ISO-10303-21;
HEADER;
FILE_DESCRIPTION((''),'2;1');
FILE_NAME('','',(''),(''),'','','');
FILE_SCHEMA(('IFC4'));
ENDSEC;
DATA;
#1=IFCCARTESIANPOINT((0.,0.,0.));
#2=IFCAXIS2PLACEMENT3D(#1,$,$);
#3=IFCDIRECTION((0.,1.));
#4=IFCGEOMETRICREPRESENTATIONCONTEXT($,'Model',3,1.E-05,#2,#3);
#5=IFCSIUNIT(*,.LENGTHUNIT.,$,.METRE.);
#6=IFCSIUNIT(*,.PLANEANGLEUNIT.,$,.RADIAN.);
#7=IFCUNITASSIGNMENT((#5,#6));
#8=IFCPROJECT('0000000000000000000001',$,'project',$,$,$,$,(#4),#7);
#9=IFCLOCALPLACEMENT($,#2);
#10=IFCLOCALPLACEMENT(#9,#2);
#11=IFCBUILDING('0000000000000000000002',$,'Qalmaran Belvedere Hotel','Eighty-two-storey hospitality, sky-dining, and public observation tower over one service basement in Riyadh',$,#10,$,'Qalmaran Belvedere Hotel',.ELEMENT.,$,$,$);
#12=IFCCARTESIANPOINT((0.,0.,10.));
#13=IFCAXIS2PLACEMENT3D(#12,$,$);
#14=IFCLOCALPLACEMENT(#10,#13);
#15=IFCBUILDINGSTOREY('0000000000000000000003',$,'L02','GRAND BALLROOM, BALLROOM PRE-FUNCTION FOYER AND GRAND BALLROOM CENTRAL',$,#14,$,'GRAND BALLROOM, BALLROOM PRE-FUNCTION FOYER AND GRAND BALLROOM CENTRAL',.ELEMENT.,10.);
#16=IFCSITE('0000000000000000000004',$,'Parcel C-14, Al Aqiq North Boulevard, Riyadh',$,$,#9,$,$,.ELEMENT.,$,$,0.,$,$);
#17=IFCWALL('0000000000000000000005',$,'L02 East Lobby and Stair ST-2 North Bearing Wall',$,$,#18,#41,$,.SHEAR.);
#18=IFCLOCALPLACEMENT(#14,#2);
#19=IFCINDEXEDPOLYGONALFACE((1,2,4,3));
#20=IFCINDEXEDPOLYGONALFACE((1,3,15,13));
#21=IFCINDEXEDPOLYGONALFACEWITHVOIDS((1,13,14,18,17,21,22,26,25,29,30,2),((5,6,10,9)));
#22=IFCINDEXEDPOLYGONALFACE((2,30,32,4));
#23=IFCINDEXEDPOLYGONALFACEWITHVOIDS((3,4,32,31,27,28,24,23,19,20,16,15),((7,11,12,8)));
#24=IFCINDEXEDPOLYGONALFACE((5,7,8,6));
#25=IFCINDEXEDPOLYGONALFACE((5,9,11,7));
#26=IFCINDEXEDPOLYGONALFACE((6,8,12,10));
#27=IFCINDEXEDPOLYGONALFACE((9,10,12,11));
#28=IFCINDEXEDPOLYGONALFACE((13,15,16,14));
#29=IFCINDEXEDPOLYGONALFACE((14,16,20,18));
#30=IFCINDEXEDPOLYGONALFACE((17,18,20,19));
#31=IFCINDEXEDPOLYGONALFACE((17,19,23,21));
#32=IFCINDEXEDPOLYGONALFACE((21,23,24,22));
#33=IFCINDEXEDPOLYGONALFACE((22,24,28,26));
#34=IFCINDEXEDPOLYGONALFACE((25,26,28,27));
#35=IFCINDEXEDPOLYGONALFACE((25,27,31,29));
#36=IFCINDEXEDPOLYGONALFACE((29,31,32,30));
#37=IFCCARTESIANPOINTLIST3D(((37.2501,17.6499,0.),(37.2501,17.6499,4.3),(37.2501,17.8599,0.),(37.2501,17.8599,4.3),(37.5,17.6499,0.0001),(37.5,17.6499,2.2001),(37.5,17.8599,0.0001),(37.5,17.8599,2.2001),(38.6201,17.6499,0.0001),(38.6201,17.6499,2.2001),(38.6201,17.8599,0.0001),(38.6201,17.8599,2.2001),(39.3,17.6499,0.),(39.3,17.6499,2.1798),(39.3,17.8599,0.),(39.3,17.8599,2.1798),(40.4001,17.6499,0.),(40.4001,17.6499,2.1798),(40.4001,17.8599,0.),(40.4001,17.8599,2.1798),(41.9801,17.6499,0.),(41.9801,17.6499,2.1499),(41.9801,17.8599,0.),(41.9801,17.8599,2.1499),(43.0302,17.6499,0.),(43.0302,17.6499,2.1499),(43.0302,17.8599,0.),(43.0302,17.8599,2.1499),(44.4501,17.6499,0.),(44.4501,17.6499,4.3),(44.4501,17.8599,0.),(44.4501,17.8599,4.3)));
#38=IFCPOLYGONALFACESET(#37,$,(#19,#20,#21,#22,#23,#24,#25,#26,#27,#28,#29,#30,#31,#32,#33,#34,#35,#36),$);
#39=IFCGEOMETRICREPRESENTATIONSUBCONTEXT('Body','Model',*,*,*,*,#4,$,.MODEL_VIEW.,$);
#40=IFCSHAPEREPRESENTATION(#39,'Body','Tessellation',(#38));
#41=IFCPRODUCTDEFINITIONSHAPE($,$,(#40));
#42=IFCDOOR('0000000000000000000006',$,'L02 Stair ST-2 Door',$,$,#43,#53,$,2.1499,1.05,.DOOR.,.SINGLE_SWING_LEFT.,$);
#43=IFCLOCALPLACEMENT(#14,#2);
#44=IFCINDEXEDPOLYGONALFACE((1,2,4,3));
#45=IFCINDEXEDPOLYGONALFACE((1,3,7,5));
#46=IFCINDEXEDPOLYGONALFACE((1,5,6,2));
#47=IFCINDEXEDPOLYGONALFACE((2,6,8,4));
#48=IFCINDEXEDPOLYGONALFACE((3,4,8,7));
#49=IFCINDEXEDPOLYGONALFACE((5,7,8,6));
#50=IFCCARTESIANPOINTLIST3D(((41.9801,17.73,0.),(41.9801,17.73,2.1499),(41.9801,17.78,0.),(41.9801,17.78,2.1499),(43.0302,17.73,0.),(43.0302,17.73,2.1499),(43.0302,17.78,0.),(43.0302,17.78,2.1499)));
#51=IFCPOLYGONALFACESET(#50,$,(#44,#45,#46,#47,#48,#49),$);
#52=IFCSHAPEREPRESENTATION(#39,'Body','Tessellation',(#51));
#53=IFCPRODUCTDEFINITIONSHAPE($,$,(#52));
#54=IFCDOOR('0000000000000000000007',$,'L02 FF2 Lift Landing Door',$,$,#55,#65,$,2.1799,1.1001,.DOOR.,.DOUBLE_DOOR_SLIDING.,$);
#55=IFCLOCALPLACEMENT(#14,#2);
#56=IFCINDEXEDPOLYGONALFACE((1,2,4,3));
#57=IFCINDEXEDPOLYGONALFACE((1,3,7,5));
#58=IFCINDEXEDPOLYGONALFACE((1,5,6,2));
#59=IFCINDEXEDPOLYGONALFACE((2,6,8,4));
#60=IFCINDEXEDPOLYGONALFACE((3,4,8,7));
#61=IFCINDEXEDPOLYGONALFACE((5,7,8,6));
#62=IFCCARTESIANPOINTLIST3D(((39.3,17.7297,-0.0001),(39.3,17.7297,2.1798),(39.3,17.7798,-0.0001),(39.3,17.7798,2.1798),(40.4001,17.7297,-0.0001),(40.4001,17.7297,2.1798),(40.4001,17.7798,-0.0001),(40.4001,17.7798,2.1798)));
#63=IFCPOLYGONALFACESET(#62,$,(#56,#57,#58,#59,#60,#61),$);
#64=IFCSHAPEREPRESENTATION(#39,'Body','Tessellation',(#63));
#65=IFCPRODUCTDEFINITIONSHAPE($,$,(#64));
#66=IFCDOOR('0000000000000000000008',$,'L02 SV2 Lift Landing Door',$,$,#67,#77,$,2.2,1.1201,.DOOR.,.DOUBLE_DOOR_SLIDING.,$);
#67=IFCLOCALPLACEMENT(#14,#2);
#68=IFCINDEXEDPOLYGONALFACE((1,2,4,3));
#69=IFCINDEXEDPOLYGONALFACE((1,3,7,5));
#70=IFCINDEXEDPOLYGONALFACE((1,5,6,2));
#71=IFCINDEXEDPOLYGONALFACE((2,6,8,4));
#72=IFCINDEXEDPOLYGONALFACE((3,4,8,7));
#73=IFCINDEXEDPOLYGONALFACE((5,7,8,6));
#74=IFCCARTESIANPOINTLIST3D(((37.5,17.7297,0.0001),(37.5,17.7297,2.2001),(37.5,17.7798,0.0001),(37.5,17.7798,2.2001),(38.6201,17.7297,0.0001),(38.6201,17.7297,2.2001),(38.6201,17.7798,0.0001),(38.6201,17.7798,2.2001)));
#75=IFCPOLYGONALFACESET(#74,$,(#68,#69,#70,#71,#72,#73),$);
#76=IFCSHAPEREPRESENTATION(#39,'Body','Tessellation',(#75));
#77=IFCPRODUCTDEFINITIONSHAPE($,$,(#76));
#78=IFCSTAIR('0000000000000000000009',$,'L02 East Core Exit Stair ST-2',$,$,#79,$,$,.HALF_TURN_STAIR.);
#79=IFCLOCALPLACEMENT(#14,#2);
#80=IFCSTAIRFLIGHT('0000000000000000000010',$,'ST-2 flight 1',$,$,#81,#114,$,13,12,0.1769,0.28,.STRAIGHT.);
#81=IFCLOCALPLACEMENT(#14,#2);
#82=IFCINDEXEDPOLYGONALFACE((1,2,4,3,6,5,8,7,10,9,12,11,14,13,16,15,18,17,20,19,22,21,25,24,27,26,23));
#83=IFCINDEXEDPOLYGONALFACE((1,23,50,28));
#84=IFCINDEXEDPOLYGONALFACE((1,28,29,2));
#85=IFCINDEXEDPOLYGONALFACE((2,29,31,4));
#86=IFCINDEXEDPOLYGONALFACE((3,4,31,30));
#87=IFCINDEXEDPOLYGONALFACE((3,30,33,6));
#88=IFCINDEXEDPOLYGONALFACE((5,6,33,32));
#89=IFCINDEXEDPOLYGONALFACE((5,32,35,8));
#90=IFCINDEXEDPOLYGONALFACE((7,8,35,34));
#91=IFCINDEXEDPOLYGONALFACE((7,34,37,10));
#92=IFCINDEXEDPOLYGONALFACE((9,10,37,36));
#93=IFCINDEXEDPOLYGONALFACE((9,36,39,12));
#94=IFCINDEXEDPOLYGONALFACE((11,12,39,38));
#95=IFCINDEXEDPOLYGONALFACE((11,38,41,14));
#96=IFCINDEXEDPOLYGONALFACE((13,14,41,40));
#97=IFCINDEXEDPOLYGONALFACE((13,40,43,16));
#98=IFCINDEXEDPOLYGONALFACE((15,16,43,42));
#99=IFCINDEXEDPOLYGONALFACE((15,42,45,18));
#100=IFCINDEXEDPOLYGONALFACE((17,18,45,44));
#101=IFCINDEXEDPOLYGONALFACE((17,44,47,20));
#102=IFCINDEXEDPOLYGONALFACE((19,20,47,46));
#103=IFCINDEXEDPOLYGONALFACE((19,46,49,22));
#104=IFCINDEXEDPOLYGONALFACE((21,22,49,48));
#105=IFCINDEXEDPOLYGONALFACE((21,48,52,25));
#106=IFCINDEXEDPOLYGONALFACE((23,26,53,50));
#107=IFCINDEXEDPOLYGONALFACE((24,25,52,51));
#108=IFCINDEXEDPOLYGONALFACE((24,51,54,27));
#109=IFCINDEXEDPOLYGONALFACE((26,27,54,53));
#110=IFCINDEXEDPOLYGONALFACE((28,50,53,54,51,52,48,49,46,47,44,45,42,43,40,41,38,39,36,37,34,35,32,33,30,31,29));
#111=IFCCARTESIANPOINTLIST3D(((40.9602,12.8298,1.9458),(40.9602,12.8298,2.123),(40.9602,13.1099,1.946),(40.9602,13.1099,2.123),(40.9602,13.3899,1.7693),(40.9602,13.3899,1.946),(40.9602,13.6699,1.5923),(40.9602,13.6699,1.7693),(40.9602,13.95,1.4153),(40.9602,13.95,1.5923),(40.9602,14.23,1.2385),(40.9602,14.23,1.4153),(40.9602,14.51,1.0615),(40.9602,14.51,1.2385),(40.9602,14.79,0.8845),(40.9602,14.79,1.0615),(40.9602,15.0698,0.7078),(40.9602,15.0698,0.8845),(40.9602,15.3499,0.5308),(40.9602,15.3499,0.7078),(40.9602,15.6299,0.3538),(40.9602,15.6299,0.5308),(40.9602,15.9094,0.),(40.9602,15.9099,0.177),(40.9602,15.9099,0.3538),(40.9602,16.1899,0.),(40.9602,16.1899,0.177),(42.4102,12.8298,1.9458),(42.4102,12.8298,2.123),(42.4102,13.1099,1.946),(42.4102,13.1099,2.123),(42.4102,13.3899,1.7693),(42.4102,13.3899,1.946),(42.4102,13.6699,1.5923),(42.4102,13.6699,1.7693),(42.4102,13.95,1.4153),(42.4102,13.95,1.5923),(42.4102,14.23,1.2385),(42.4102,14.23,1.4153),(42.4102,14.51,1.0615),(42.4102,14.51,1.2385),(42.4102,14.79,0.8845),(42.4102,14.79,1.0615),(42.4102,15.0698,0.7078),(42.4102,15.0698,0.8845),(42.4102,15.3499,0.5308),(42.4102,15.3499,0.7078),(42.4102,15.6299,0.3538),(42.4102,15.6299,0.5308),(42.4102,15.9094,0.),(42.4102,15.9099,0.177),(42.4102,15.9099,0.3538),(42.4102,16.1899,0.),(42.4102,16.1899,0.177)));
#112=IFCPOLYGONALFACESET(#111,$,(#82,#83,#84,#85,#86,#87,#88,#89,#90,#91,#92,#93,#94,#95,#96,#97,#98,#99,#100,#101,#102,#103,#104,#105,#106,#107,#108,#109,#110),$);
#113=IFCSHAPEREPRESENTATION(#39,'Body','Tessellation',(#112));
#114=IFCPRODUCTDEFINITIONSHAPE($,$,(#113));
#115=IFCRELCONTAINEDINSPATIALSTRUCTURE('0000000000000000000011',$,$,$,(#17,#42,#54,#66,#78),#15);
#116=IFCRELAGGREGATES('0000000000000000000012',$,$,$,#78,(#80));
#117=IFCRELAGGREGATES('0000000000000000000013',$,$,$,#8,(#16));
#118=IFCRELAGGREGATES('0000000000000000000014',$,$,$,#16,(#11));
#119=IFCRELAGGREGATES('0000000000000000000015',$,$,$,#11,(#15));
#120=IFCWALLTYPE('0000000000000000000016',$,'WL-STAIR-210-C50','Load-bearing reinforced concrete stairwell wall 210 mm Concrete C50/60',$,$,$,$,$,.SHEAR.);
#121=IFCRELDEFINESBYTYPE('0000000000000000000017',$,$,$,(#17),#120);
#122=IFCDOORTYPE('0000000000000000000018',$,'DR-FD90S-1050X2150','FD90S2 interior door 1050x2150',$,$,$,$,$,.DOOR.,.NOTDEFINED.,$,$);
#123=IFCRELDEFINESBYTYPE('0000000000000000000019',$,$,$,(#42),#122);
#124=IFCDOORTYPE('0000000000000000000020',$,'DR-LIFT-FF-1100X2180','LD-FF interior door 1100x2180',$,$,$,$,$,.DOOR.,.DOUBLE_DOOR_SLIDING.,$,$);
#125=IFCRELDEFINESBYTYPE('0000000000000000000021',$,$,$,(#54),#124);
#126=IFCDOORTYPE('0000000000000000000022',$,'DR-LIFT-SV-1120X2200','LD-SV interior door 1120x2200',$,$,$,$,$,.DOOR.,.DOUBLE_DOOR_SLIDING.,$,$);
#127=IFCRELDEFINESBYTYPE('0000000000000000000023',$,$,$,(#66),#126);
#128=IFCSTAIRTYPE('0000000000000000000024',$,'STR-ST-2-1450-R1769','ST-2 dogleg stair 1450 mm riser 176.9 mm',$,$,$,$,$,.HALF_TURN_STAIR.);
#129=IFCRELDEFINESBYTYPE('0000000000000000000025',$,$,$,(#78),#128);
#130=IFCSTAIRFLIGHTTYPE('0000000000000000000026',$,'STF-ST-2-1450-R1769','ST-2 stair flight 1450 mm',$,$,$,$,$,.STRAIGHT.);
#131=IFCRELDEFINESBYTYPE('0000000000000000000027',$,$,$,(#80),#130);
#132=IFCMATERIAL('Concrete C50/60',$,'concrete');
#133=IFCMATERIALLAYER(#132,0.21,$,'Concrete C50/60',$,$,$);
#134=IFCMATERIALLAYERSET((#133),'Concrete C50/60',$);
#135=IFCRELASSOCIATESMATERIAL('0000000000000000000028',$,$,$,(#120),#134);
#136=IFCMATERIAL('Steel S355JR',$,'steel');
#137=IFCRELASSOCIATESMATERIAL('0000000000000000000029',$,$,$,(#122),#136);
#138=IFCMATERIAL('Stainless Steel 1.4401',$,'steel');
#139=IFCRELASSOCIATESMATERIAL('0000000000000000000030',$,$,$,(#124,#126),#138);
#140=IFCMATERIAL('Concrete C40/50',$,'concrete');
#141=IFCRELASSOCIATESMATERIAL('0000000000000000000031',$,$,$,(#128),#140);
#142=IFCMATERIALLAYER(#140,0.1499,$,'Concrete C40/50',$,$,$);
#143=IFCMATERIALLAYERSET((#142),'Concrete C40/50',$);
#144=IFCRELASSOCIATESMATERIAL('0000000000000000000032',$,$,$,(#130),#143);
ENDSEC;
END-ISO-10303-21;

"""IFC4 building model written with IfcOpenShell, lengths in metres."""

from ifc_helpers import new_model, si_unit, direction, frame, frame_2d, origin, place, context, subcontext, project, spatial, polyline, rectangle, outline, extrude, material, layer, layer_set, type_object, element, fill, aggregate, save


model = new_model("IFC4")

# Units and contexts
model_context = context("Model", 3, precision=1e-05, world=origin(), true_north=direction((0.0, 1.0)))
body_context = subcontext(model_context, "Body", "Model", "MODEL_VIEW")
ifc_project = project(units=[si_unit("LENGTHUNIT", "METRE"), si_unit("PLANEANGLEUNIT", "RADIAN")], contexts=[model_context])

# Site, building, storey
site_placement = place(None, origin())
site = spatial("IfcSite", under=ifc_project, at=site_placement, Name="Parcel C-14, Al Aqiq North Boulevard, Riyadh", CompositionType="ELEMENT", RefElevation=0.0)
building_placement = place(site_placement, origin())
building = spatial("IfcBuilding", under=site, at=building_placement, Name="Qalmaran Belvedere Hotel", Description="Eighty-two-storey hospitality, sky-dining, and public observation tower over one service basement in Riyadh", LongName="Qalmaran Belvedere Hotel", CompositionType="ELEMENT")
storey_placement = place(building_placement, frame((0.0, 0.0, 10.0)))
storey = spatial("IfcBuildingStorey", under=building, at=storey_placement, Name="L02", Description="GRAND BALLROOM, BALLROOM PRE-FUNCTION FOYER AND GRAND BALLROOM CENTRAL", LongName="GRAND BALLROOM, BALLROOM PRE-FUNCTION FOYER AND GRAND BALLROOM CENTRAL", CompositionType="ELEMENT", Elevation=10.0)

# Shared definitions
ifc_material_1 = material(Name="Steel S355JR", Category="steel")

# Wall, openings, doors
ifc_material_2 = material(Name="Concrete C50/60", Category="concrete")
ifc_layer_1 = layer(ifc_material_2, 0.21, Name="Concrete C50/60")
ifc_layer_set_1 = layer_set([ifc_layer_1], Name="Concrete C50/60")
wall_type_1 = type_object("IfcWallType", Name="WL-STAIR-210-C50", Description="Load-bearing reinforced concrete stairwell wall 210 mm Concrete C50/60", PredefinedType="SHEAR", material=ifc_layer_set_1)
wall_1_placement = place(storey_placement, frame((37.25, 17.7549, 0.0), z_axis=(0.0, 0.0, 1.0), x_axis=(1.0, 0.0, 0.0)))
wall_1 = element("IfcWall", 1, at=wall_1_placement, inside=storey, type_object=wall_type_1, Name="L02 East Lobby and Stair ST-2 North Bearing Wall", PredefinedType="SHEAR", context=body_context, shape_type="SweptSolid", body=[
    extrude(rectangle(XDim=7.2, YDim=0.21, at=frame_2d((3.6001, 0.0))), origin(), (0.0, 0.0, 1.0), 4.3),
])
opening_1_placement = place(wall_1_placement, frame((0.25, 0.0, 0.0)))
opening_1 = element("IfcOpeningElement", 2, at=opening_1_placement, cuts=wall_1, PredefinedType="OPENING", context=body_context, shape_type="SweptSolid", body=[
    extrude(rectangle(XDim=1.1201, YDim=2.2, at=frame_2d((0.5601, 1.1001))), frame((0.0, 0.115, 0.0), z_axis=(0.0, -1.0, 0.0), x_axis=(1.0, 0.0, 0.0)), (0.0, 0.0, 1.0), 0.23),
])
opening_2_placement = place(wall_1_placement, frame((2.05, 0.0, 0.0)))
opening_2 = element("IfcOpeningElement", 3, at=opening_2_placement, cuts=wall_1, PredefinedType="OPENING", context=body_context, shape_type="SweptSolid", body=[
    extrude(rectangle(XDim=1.1001, YDim=2.1799, at=frame_2d((0.55, 1.0898))), frame((0.0, 0.115, 0.0), z_axis=(0.0, -1.0, 0.0), x_axis=(1.0, 0.0, 0.0)), (0.0, 0.0, 1.0), 0.23),
])
opening_3_placement = place(wall_1_placement, frame((5.78, 0.0, 0.0), z_axis=(0.0, 0.0, 1.0), x_axis=(-1.0, 0.0, 0.0)))
opening_3 = element("IfcOpeningElement", 4, at=opening_3_placement, cuts=wall_1, PredefinedType="OPENING", context=body_context, shape_type="SweptSolid", body=[
    extrude(rectangle(XDim=1.05, YDim=2.1499, at=frame_2d((0.5249, 1.075))), frame((0.0, 0.115, 0.0), z_axis=(0.0, -1.0, 0.0), x_axis=(1.0, 0.0, 0.0)), (0.0, 0.0, 1.0), 0.23),
])
door_type_1 = type_object("IfcDoorType", Name="DR-FD90S-1050X2150", Description="FD90S2 interior door 1050x2150", OperationType="NOTDEFINED", PredefinedType="DOOR", material=ifc_material_1)
door_1_placement = place(opening_3_placement, origin())
door_1 = element("IfcDoor", 5, at=door_1_placement, inside=storey, type_object=door_type_1, Name="L02 Stair ST-2 Door", OperationType="SINGLE_SWING_LEFT", OverallHeight=2.1499, OverallWidth=1.05, PredefinedType="DOOR", context=body_context, shape_type="SweptSolid", body=[
    extrude(rectangle(XDim=1.05, YDim=2.1499, at=frame_2d((0.5249, 1.075))), frame((0.0, 0.0249, 0.0), z_axis=(0.0, -1.0, 0.0), x_axis=(1.0, 0.0, 0.0)), (0.0, 0.0, 1.0), 0.05),
])
fill(opening_3, door_1)
ifc_material_3 = material(Name="Stainless Steel 1.4401", Category="steel")
door_type_2 = type_object("IfcDoorType", Name="DR-LIFT-FF-1100X2180", Description="LD-FF interior door 1100x2180", OperationType="DOUBLE_DOOR_SLIDING", PredefinedType="DOOR", material=ifc_material_3)
door_2_placement = place(opening_2_placement, origin())
door_2 = element("IfcDoor", 6, at=door_2_placement, inside=storey, type_object=door_type_2, Name="L02 FF2 Lift Landing Door", OperationType="DOUBLE_DOOR_SLIDING", OverallHeight=2.1799, OverallWidth=1.1001, PredefinedType="DOOR", context=body_context, shape_type="SweptSolid", body=[
    extrude(rectangle(XDim=1.1001, YDim=2.1799, at=frame_2d((0.55, 1.0898))), frame((0.0, 0.0249, 0.0), z_axis=(0.0, -1.0, 0.0), x_axis=(1.0, 0.0, 0.0)), (0.0, 0.0, 1.0), 0.05),
])
fill(opening_2, door_2)
door_type_3 = type_object("IfcDoorType", Name="DR-LIFT-SV-1120X2200", Description="LD-SV interior door 1120x2200", OperationType="DOUBLE_DOOR_SLIDING", PredefinedType="DOOR", material=ifc_material_3)
door_3_placement = place(opening_1_placement, origin())
door_3 = element("IfcDoor", 7, at=door_3_placement, inside=storey, type_object=door_type_3, Name="L02 SV2 Lift Landing Door", OperationType="DOUBLE_DOOR_SLIDING", OverallHeight=2.2, OverallWidth=1.1201, PredefinedType="DOOR", context=body_context, shape_type="SweptSolid", body=[
    extrude(rectangle(XDim=1.1201, YDim=2.2, at=frame_2d((0.5601, 1.1001))), frame((0.0, 0.0249, 0.0), z_axis=(0.0, -1.0, 0.0), x_axis=(1.0, 0.0, 0.0)), (0.0, 0.0, 1.0), 0.05),
])
fill(opening_1, door_3)

# Stair, stair flight
ifc_material_4 = material(Name="Concrete C40/50", Category="concrete")
stair_type = type_object("IfcStairType", Name="STR-ST-2-1450-R1769", Description="ST-2 dogleg stair 1450 mm riser 176.9 mm", PredefinedType="HALF_TURN_STAIR", material=ifc_material_4)
stair_placement = place(storey_placement, origin())
stair = element("IfcStair", 8, at=stair_placement, inside=storey, type_object=stair_type, Name="L02 East Core Exit Stair ST-2", PredefinedType="HALF_TURN_STAIR")
ifc_layer_2 = layer(ifc_material_4, 0.1499, Name="Concrete C40/50")
ifc_layer_set_2 = layer_set([ifc_layer_2], Name="Concrete C40/50")
stair_flight_type = type_object("IfcStairFlightType", Name="STF-ST-2-1450-R1769", Description="ST-2 stair flight 1450 mm", PredefinedType="STRAIGHT", material=ifc_layer_set_2)
stair_flight_placement = place(storey_placement, frame((41.6851, 16.1899, 0.0), z_axis=(0.0, 0.0, 1.0), x_axis=(0.0, -1.0, 0.0)))
stair_flight = element("IfcStairFlight", 9, at=stair_flight_placement, type_object=stair_flight_type, Name="ST-2 flight 1", NumberOfRisers=13, NumberOfTreads=12, PredefinedType="STRAIGHT", RiserHeight=0.1769, TreadLength=0.28, context=body_context, shape_type="SweptSolid", body=[
    extrude(outline(polyline([(0.0, 0.0), (0.0, 0.177), (0.28, 0.177), (0.28, 0.3538), (0.5601, 0.3538), (0.5601, 0.5308), (0.8401, 0.5308), (0.8401, 0.7078), (1.1201, 0.7078), (1.1201, 0.8845), (1.3999, 0.8845), (1.3999, 1.0615), (1.6799, 1.0615), (1.6799, 1.2385), (1.96, 1.2385), (1.96, 1.4153), (2.24, 1.4153), (2.24, 1.5923), (2.52, 1.5923), (2.52, 1.7693), (2.8, 1.7693), (2.8, 1.946), (3.0801, 1.946), (3.0801, 2.123), (3.3601, 2.123), (3.3601, 2.3), (3.3601, 1.9458), (0.2805, 0.0), (0.0, 0.0)])), frame((0.0, 0.7251, 0.0), z_axis=(0.0, -1.0, 0.0), x_axis=(1.0, 0.0, 0.0)), (0.0, 0.0, 1.0), 1.45),
])
aggregate(stair, [stair_flight])

save(model, "model.ifc")
